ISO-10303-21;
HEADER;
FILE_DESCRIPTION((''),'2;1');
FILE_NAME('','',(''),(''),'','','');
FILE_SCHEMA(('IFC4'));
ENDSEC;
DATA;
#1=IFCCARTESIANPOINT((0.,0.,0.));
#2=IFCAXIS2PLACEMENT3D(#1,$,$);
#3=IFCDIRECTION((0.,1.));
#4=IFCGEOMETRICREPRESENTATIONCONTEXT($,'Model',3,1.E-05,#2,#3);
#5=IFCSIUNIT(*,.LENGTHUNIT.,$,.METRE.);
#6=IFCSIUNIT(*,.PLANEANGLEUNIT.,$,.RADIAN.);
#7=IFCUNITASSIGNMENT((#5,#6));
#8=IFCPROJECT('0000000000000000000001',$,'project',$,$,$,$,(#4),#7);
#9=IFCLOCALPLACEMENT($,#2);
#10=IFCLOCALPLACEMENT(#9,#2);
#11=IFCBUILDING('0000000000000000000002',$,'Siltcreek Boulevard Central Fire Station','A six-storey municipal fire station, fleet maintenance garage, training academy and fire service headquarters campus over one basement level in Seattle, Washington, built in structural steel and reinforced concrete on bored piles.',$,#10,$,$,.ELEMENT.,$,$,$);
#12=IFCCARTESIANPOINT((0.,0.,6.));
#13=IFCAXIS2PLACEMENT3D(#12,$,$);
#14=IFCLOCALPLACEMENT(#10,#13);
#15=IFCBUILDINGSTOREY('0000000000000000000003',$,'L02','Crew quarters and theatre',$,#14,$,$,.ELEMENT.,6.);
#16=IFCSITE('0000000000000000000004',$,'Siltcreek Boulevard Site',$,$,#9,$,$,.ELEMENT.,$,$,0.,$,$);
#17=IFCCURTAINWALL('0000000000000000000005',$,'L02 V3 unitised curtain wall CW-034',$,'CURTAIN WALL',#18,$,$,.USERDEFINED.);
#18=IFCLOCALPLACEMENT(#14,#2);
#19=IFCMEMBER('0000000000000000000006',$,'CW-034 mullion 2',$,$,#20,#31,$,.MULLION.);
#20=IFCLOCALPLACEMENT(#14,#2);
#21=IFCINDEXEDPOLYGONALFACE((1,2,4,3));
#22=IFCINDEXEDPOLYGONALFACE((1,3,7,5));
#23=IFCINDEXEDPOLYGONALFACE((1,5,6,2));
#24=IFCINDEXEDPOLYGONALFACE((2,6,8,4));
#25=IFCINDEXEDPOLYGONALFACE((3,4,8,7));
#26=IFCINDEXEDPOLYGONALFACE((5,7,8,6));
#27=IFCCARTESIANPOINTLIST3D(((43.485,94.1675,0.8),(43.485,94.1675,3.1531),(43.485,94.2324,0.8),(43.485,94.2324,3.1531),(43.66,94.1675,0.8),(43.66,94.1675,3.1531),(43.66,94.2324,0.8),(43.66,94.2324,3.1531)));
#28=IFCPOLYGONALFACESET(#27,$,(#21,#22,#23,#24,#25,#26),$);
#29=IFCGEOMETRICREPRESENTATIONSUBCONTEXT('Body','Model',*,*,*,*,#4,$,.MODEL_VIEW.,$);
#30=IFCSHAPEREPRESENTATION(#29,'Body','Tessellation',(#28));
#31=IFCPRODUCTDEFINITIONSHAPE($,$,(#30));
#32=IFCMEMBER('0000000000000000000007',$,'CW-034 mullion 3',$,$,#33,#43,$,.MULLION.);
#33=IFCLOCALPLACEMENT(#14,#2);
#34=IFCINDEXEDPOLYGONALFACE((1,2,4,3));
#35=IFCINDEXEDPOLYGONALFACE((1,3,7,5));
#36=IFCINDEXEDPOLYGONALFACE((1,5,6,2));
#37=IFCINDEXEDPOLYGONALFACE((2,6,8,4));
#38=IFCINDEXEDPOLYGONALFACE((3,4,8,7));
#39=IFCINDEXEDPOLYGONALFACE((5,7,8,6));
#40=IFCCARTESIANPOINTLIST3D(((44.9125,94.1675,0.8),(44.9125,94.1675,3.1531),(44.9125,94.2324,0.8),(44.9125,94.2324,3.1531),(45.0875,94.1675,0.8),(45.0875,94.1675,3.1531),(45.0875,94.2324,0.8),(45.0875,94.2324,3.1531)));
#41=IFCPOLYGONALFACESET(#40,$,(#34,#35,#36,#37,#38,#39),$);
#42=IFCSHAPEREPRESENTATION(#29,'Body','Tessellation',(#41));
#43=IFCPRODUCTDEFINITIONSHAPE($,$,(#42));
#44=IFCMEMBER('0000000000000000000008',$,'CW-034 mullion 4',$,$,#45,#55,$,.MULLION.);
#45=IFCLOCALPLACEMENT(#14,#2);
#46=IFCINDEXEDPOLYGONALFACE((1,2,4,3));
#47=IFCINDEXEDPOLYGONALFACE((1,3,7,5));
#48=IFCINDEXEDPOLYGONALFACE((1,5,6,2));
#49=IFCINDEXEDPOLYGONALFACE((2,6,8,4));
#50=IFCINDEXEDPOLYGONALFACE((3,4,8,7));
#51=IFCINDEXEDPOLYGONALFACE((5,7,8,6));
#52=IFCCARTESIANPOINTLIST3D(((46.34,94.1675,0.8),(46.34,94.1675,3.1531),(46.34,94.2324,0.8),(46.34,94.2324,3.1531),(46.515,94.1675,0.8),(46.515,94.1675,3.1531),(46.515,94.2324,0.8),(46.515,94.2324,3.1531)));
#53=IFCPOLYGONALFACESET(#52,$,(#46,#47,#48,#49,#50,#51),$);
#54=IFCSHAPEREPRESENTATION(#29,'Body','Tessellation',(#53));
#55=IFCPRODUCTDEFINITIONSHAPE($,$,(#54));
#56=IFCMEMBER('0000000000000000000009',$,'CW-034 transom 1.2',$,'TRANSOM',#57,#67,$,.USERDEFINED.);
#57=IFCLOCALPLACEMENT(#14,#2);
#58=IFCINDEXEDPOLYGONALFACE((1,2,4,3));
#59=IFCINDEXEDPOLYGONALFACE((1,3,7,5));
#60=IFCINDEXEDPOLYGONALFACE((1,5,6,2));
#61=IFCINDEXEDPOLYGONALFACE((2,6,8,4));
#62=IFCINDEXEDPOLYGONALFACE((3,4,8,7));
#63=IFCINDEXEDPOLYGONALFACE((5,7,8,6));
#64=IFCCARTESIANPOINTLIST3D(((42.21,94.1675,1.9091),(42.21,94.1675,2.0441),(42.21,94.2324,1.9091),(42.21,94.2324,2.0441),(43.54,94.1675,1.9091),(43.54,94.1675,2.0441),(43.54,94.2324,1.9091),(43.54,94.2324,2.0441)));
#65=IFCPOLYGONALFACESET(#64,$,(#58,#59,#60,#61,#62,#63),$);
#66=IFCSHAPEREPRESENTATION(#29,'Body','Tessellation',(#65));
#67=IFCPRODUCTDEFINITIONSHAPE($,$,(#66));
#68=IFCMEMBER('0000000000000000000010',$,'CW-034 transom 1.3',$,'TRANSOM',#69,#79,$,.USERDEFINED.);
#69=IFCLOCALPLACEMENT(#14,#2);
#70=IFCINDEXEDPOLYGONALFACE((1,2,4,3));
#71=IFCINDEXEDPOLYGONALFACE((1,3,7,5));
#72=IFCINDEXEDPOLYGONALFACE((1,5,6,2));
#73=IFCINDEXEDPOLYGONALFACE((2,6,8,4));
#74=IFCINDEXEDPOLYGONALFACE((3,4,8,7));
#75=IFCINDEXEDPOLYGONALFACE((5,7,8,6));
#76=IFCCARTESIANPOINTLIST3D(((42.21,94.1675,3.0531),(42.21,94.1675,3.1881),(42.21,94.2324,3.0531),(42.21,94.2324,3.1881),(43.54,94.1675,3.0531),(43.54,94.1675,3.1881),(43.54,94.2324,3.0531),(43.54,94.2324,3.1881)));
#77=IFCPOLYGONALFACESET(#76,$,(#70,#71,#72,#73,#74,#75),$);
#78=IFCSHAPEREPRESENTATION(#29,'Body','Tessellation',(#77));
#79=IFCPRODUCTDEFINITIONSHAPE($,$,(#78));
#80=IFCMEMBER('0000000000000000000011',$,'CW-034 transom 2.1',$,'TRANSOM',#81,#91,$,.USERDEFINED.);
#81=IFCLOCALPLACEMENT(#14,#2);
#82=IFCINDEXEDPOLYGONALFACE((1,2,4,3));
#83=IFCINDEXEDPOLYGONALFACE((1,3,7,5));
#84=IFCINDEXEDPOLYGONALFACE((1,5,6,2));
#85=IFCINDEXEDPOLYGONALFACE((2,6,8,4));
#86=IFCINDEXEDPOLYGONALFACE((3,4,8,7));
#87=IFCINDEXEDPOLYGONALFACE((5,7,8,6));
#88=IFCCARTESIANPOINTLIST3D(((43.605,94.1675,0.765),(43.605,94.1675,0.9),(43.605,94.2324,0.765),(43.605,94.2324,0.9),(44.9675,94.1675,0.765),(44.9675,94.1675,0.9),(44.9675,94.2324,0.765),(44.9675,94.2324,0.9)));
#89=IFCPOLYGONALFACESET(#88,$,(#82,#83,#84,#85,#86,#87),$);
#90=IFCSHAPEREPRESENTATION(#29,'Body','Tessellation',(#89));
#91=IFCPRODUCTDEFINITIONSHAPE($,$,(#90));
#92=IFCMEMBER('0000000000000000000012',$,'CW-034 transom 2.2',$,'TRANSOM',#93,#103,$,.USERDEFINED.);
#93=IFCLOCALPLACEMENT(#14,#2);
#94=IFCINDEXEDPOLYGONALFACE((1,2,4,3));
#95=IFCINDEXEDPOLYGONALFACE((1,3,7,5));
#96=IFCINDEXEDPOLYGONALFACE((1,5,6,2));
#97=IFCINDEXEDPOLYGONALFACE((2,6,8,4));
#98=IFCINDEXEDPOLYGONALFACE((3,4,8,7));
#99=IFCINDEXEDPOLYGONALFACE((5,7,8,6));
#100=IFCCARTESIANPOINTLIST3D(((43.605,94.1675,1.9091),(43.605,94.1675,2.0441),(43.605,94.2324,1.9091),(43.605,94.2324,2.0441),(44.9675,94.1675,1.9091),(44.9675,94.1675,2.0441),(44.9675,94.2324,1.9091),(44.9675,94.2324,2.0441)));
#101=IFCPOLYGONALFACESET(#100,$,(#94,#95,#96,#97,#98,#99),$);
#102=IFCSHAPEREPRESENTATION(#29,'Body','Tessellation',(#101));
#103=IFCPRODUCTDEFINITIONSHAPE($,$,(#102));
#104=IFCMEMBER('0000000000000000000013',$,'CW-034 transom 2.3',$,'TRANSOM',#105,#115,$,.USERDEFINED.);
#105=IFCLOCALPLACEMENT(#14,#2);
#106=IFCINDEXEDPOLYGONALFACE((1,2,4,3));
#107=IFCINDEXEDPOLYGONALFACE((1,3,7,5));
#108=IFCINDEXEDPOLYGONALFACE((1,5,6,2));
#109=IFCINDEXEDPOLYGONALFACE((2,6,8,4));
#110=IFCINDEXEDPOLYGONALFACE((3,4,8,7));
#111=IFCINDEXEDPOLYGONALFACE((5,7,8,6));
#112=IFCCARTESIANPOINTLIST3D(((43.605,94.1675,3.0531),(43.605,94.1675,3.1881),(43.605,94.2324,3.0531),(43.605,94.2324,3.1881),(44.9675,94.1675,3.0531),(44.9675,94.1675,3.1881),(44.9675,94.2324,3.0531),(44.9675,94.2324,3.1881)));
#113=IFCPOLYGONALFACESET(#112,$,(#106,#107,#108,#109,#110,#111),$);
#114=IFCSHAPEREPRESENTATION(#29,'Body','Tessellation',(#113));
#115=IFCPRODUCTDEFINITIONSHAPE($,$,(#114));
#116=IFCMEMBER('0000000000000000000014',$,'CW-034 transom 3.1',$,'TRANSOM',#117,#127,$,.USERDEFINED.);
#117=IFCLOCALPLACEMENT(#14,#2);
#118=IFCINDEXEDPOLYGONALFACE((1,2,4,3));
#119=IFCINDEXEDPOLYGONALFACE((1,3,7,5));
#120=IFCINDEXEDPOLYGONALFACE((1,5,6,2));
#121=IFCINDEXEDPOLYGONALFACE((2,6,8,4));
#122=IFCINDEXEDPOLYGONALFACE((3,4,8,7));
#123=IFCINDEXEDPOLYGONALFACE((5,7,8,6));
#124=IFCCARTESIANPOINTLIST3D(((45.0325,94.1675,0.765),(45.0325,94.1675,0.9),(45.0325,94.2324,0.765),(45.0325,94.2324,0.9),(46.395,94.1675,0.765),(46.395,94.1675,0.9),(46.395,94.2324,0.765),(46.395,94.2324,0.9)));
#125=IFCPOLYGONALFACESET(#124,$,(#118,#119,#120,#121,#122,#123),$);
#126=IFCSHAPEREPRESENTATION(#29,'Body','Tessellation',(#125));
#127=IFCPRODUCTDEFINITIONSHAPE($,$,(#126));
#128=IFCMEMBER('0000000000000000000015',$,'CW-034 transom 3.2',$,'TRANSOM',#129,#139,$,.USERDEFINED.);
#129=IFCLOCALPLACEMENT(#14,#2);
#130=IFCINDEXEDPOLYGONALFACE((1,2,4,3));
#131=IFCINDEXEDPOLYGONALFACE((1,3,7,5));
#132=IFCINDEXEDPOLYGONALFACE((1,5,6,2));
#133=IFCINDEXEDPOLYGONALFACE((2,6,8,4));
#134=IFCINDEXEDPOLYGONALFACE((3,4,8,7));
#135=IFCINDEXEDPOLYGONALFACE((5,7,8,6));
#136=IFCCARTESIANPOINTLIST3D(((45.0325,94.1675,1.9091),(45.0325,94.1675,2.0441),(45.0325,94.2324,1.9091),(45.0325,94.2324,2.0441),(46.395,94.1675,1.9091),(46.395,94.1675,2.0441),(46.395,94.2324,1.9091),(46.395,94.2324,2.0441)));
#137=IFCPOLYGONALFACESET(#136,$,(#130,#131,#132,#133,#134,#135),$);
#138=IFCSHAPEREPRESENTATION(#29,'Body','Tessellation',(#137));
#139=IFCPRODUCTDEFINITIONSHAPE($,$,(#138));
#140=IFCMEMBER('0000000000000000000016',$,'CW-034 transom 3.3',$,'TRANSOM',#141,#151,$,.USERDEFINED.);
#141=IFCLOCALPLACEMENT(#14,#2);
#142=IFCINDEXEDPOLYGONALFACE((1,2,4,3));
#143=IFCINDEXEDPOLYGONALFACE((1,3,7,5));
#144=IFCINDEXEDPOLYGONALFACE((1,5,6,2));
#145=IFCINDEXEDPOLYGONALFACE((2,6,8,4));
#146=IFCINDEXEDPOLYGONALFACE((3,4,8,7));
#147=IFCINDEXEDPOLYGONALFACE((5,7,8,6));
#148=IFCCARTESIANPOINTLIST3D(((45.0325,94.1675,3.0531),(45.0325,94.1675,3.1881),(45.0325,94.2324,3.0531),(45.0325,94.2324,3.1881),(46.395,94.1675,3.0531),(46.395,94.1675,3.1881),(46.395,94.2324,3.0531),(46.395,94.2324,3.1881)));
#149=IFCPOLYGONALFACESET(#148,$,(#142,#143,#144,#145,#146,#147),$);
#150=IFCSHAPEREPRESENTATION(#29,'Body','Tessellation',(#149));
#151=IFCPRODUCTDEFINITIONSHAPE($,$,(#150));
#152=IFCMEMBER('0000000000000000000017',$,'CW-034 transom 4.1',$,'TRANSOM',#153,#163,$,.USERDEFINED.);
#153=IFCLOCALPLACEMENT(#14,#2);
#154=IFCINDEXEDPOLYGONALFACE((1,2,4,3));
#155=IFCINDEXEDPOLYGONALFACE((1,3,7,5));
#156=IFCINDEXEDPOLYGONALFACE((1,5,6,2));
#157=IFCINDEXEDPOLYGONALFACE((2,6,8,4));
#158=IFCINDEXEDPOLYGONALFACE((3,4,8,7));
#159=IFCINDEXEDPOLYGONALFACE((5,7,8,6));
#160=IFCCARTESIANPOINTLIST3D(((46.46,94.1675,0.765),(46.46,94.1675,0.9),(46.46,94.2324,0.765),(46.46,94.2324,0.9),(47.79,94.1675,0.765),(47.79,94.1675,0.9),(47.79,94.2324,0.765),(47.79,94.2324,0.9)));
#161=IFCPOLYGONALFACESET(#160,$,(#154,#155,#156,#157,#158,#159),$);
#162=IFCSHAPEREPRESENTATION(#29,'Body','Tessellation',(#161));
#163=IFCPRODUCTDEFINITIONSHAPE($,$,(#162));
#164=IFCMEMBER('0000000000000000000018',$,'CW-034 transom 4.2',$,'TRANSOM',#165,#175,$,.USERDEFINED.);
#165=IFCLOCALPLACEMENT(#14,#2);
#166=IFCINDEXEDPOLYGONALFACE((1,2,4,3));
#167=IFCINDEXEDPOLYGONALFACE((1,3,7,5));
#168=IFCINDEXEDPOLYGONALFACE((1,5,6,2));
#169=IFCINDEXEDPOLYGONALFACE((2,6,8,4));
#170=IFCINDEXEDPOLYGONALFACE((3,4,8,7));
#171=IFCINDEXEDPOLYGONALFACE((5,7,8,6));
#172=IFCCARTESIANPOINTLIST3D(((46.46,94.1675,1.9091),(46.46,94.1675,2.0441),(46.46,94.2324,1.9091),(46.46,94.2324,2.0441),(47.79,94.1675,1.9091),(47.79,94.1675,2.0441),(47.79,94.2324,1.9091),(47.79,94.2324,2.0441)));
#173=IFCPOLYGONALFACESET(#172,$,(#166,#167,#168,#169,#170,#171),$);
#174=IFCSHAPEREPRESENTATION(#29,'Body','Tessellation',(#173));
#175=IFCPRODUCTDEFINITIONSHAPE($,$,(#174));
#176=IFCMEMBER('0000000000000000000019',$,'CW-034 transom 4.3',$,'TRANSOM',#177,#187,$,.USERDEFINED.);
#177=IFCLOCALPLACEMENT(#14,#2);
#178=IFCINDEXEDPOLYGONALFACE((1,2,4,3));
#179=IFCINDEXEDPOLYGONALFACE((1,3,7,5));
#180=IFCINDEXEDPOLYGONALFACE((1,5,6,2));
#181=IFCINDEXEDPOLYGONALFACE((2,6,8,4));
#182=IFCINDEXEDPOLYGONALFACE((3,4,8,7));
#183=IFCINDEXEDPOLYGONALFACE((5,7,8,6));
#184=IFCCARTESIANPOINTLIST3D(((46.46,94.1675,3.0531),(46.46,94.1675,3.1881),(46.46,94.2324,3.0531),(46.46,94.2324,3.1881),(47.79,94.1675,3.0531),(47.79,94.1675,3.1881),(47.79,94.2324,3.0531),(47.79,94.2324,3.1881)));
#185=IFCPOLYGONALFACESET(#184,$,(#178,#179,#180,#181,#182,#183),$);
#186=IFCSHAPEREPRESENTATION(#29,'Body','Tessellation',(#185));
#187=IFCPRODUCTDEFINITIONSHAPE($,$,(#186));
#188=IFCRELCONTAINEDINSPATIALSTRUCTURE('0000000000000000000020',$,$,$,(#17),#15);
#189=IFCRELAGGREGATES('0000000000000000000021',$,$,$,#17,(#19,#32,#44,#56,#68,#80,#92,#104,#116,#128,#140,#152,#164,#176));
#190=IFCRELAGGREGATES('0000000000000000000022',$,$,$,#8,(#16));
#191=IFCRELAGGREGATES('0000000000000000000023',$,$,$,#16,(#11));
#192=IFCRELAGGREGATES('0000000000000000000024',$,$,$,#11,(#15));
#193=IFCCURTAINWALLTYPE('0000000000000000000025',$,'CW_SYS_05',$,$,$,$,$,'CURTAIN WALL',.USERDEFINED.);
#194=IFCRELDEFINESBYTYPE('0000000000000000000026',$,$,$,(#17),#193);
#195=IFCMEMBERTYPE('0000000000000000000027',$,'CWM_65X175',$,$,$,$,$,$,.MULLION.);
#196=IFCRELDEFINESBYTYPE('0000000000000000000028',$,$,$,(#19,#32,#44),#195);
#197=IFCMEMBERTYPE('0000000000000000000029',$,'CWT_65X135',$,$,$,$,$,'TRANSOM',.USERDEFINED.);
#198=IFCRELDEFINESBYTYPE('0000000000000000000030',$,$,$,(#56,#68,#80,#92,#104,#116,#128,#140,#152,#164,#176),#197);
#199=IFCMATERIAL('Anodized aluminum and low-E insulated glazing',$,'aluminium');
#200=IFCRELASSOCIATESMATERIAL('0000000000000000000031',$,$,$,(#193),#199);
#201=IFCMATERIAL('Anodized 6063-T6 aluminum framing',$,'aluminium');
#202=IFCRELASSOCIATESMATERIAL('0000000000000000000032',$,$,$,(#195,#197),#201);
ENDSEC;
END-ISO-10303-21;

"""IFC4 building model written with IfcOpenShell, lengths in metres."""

from ifc_helpers import new_model, si_unit, direction, frame, origin, origin_2d, place, context, subcontext, project, spatial, rectangle, extrude, material, material_profile, profile_set, type_object, element, aggregate, save


model = new_model("IFC4")

# Units and contexts
model_context = context("Model", 3, precision=1e-05, world=origin(), true_north=direction((0.0, 1.0)))
body_context = subcontext(model_context, "Body", "Model", "MODEL_VIEW")
ifc_project = project(units=[si_unit("LENGTHUNIT", "METRE"), si_unit("PLANEANGLEUNIT", "RADIAN")], contexts=[model_context])

# Site, building, storey
site_placement = place(None, origin())
site = spatial("IfcSite", under=ifc_project, at=site_placement, Name="Siltcreek Boulevard Site", CompositionType="ELEMENT", RefElevation=0.0)
building_placement = place(site_placement, origin())
building = spatial("IfcBuilding", under=site, at=building_placement, Name="Siltcreek Boulevard Central Fire Station", Description="A six-storey municipal fire station, fleet maintenance garage, training academy and fire service headquarters campus over one basement level in Seattle, Washington, built in structural steel and reinforced concrete on bored piles.", CompositionType="ELEMENT")
storey_placement = place(building_placement, frame((0.0, 0.0, 6.0)))
storey = spatial("IfcBuildingStorey", under=building, at=storey_placement, Name="L02", Description="Crew quarters and theatre", CompositionType="ELEMENT", Elevation=6.0)

# Curtain wall, members
ifc_material_1 = material(Name="Anodized aluminum and low-E insulated glazing", Category="aluminium")
curtain_wall_type = type_object("IfcCurtainWallType", Name="CW_SYS_05", ElementType="CURTAIN WALL", PredefinedType="USERDEFINED", material=ifc_material_1)
curtain_wall_placement = place(storey_placement, origin())
curtain_wall = element("IfcCurtainWall", 1, at=curtain_wall_placement, inside=storey, type_object=curtain_wall_type, Name="L02 V3 unitised curtain wall CW-034", ObjectType="CURTAIN WALL", PredefinedType="USERDEFINED")
ifc_material_2 = material(Name="Anodized 6063-T6 aluminum framing", Category="aluminium")
ifc_material_profile_1 = material_profile(ifc_material_2, rectangle(XDim=0.0649, YDim=0.175, at=origin_2d()), Name="MULL65X175")
ifc_profile_set_1 = profile_set([ifc_material_profile_1], Name="Anodized 6063-T6 aluminum framing")
member_type_1 = type_object("IfcMemberType", Name="CWM_65X175", PredefinedType="MULLION", material=ifc_profile_set_1)
member_1_placement = place(storey_placement, frame((43.5725, 94.2, 0.8), z_axis=(0.0, 0.0, 1.0), x_axis=(0.0, 1.0, 0.0)))
member_1 = element("IfcMember", 2, at=member_1_placement, type_object=member_type_1, Name="CW-034 mullion 2", PredefinedType="MULLION", context=body_context, shape_type="SweptSolid", body=[
    extrude(rectangle(XDim=0.0649, YDim=0.175, at=origin_2d()), origin(), (0.0, 0.0, 1.0), 2.353),
])
member_2_placement = place(storey_placement, frame((45.0, 94.2, 0.8), z_axis=(0.0, 0.0, 1.0), x_axis=(0.0, 1.0, 0.0)))
member_2 = element("IfcMember", 3, at=member_2_placement, type_object=member_type_1, Name="CW-034 mullion 3", PredefinedType="MULLION", context=body_context, shape_type="SweptSolid", body=[
    extrude(rectangle(XDim=0.0649, YDim=0.175, at=origin_2d()), origin(), (0.0, 0.0, 1.0), 2.353),
])
member_3_placement = place(storey_placement, frame((46.4275, 94.2, 0.8), z_axis=(0.0, 0.0, 1.0), x_axis=(0.0, 1.0, 0.0)))
member_3 = element("IfcMember", 4, at=member_3_placement, type_object=member_type_1, Name="CW-034 mullion 4", PredefinedType="MULLION", context=body_context, shape_type="SweptSolid", body=[
    extrude(rectangle(XDim=0.0649, YDim=0.175, at=origin_2d()), origin(), (0.0, 0.0, 1.0), 2.353),
])
ifc_material_profile_2 = material_profile(ifc_material_2, rectangle(XDim=0.0649, YDim=0.135, at=origin_2d()), Name="TRAN65X135")
ifc_profile_set_2 = profile_set([ifc_material_profile_2], Name="Anodized 6063-T6 aluminum framing")
member_type_2 = type_object("IfcMemberType", Name="CWT_65X135", ElementType="TRANSOM", PredefinedType="USERDEFINED", material=ifc_profile_set_2)
member_4_placement = place(storey_placement, frame((42.21, 94.2, 1.9766), z_axis=(1.0, 0.0, 0.0), x_axis=(0.0, 1.0, 0.0)))
member_4 = element("IfcMember", 5, at=member_4_placement, type_object=member_type_2, Name="CW-034 transom 1.2", ObjectType="TRANSOM", PredefinedType="USERDEFINED", context=body_context, shape_type="SweptSolid", body=[
    extrude(rectangle(XDim=0.0649, YDim=0.135, at=origin_2d()), origin(), (0.0, 0.0, 1.0), 1.3301),
])
member_5_placement = place(storey_placement, frame((42.21, 94.2, 3.1206), z_axis=(1.0, 0.0, 0.0), x_axis=(0.0, 1.0, 0.0)))
member_5 = element("IfcMember", 6, at=member_5_placement, type_object=member_type_2, Name="CW-034 transom 1.3", ObjectType="TRANSOM", PredefinedType="USERDEFINED", context=body_context, shape_type="SweptSolid", body=[
    extrude(rectangle(XDim=0.0649, YDim=0.135, at=origin_2d()), origin(), (0.0, 0.0, 1.0), 1.3301),
])
member_6_placement = place(storey_placement, frame((43.605, 94.2, 0.8325), z_axis=(1.0, 0.0, 0.0), x_axis=(0.0, 1.0, 0.0)))
member_6 = element("IfcMember", 7, at=member_6_placement, type_object=member_type_2, Name="CW-034 transom 2.1", ObjectType="TRANSOM", PredefinedType="USERDEFINED", context=body_context, shape_type="SweptSolid", body=[
    extrude(rectangle(XDim=0.0649, YDim=0.135, at=origin_2d()), origin(), (0.0, 0.0, 1.0), 1.3625),
])
member_7_placement = place(storey_placement, frame((43.605, 94.2, 1.9766), z_axis=(1.0, 0.0, 0.0), x_axis=(0.0, 1.0, 0.0)))
member_7 = element("IfcMember", 8, at=member_7_placement, type_object=member_type_2, Name="CW-034 transom 2.2", ObjectType="TRANSOM", PredefinedType="USERDEFINED", context=body_context, shape_type="SweptSolid", body=[
    extrude(rectangle(XDim=0.0649, YDim=0.135, at=origin_2d()), origin(), (0.0, 0.0, 1.0), 1.3625),
])
member_8_placement = place(storey_placement, frame((43.605, 94.2, 3.1206), z_axis=(1.0, 0.0, 0.0), x_axis=(0.0, 1.0, 0.0)))
member_8 = element("IfcMember", 9, at=member_8_placement, type_object=member_type_2, Name="CW-034 transom 2.3", ObjectType="TRANSOM", PredefinedType="USERDEFINED", context=body_context, shape_type="SweptSolid", body=[
    extrude(rectangle(XDim=0.0649, YDim=0.135, at=origin_2d()), origin(), (0.0, 0.0, 1.0), 1.3625),
])
member_9_placement = place(storey_placement, frame((45.0325, 94.2, 0.8325), z_axis=(1.0, 0.0, 0.0), x_axis=(0.0, 1.0, 0.0)))
member_9 = element("IfcMember", 10, at=member_9_placement, type_object=member_type_2, Name="CW-034 transom 3.1", ObjectType="TRANSOM", PredefinedType="USERDEFINED", context=body_context, shape_type="SweptSolid", body=[
    extrude(rectangle(XDim=0.0649, YDim=0.135, at=origin_2d()), origin(), (0.0, 0.0, 1.0), 1.3625),
])
member_10_placement = place(storey_placement, frame((45.0325, 94.2, 1.9766), z_axis=(1.0, 0.0, 0.0), x_axis=(0.0, 1.0, 0.0)))
member_10 = element("IfcMember", 11, at=member_10_placement, type_object=member_type_2, Name="CW-034 transom 3.2", ObjectType="TRANSOM", PredefinedType="USERDEFINED", context=body_context, shape_type="SweptSolid", body=[
    extrude(rectangle(XDim=0.0649, YDim=0.135, at=origin_2d()), origin(), (0.0, 0.0, 1.0), 1.3625),
])
member_11_placement = place(storey_placement, frame((45.0325, 94.2, 3.1206), z_axis=(1.0, 0.0, 0.0), x_axis=(0.0, 1.0, 0.0)))
member_11 = element("IfcMember", 12, at=member_11_placement, type_object=member_type_2, Name="CW-034 transom 3.3", ObjectType="TRANSOM", PredefinedType="USERDEFINED", context=body_context, shape_type="SweptSolid", body=[
    extrude(rectangle(XDim=0.0649, YDim=0.135, at=origin_2d()), origin(), (0.0, 0.0, 1.0), 1.3625),
])
member_12_placement = place(storey_placement, frame((46.46, 94.2, 0.8325), z_axis=(1.0, 0.0, 0.0), x_axis=(0.0, 1.0, 0.0)))
member_12 = element("IfcMember", 13, at=member_12_placement, type_object=member_type_2, Name="CW-034 transom 4.1", ObjectType="TRANSOM", PredefinedType="USERDEFINED", context=body_context, shape_type="SweptSolid", body=[
    extrude(rectangle(XDim=0.0649, YDim=0.135, at=origin_2d()), origin(), (0.0, 0.0, 1.0), 1.3301),
])
member_13_placement = place(storey_placement, frame((46.46, 94.2, 1.9766), z_axis=(1.0, 0.0, 0.0), x_axis=(0.0, 1.0, 0.0)))
member_13 = element("IfcMember", 14, at=member_13_placement, type_object=member_type_2, Name="CW-034 transom 4.2", ObjectType="TRANSOM", PredefinedType="USERDEFINED", context=body_context, shape_type="SweptSolid", body=[
    extrude(rectangle(XDim=0.0649, YDim=0.135, at=origin_2d()), origin(), (0.0, 0.0, 1.0), 1.3301),
])
member_14_placement = place(storey_placement, frame((46.46, 94.2, 3.1206), z_axis=(1.0, 0.0, 0.0), x_axis=(0.0, 1.0, 0.0)))
member_14 = element("IfcMember", 15, at=member_14_placement, type_object=member_type_2, Name="CW-034 transom 4.3", ObjectType="TRANSOM", PredefinedType="USERDEFINED", context=body_context, shape_type="SweptSolid", body=[
    extrude(rectangle(XDim=0.0649, YDim=0.135, at=origin_2d()), origin(), (0.0, 0.0, 1.0), 1.3301),
])
aggregate(curtain_wall, [member_1, member_2, member_3, member_4, member_5, member_6, member_7, member_8, member_9, member_10, member_11, member_12, member_13, member_14])

save(model, "model.ifc")
